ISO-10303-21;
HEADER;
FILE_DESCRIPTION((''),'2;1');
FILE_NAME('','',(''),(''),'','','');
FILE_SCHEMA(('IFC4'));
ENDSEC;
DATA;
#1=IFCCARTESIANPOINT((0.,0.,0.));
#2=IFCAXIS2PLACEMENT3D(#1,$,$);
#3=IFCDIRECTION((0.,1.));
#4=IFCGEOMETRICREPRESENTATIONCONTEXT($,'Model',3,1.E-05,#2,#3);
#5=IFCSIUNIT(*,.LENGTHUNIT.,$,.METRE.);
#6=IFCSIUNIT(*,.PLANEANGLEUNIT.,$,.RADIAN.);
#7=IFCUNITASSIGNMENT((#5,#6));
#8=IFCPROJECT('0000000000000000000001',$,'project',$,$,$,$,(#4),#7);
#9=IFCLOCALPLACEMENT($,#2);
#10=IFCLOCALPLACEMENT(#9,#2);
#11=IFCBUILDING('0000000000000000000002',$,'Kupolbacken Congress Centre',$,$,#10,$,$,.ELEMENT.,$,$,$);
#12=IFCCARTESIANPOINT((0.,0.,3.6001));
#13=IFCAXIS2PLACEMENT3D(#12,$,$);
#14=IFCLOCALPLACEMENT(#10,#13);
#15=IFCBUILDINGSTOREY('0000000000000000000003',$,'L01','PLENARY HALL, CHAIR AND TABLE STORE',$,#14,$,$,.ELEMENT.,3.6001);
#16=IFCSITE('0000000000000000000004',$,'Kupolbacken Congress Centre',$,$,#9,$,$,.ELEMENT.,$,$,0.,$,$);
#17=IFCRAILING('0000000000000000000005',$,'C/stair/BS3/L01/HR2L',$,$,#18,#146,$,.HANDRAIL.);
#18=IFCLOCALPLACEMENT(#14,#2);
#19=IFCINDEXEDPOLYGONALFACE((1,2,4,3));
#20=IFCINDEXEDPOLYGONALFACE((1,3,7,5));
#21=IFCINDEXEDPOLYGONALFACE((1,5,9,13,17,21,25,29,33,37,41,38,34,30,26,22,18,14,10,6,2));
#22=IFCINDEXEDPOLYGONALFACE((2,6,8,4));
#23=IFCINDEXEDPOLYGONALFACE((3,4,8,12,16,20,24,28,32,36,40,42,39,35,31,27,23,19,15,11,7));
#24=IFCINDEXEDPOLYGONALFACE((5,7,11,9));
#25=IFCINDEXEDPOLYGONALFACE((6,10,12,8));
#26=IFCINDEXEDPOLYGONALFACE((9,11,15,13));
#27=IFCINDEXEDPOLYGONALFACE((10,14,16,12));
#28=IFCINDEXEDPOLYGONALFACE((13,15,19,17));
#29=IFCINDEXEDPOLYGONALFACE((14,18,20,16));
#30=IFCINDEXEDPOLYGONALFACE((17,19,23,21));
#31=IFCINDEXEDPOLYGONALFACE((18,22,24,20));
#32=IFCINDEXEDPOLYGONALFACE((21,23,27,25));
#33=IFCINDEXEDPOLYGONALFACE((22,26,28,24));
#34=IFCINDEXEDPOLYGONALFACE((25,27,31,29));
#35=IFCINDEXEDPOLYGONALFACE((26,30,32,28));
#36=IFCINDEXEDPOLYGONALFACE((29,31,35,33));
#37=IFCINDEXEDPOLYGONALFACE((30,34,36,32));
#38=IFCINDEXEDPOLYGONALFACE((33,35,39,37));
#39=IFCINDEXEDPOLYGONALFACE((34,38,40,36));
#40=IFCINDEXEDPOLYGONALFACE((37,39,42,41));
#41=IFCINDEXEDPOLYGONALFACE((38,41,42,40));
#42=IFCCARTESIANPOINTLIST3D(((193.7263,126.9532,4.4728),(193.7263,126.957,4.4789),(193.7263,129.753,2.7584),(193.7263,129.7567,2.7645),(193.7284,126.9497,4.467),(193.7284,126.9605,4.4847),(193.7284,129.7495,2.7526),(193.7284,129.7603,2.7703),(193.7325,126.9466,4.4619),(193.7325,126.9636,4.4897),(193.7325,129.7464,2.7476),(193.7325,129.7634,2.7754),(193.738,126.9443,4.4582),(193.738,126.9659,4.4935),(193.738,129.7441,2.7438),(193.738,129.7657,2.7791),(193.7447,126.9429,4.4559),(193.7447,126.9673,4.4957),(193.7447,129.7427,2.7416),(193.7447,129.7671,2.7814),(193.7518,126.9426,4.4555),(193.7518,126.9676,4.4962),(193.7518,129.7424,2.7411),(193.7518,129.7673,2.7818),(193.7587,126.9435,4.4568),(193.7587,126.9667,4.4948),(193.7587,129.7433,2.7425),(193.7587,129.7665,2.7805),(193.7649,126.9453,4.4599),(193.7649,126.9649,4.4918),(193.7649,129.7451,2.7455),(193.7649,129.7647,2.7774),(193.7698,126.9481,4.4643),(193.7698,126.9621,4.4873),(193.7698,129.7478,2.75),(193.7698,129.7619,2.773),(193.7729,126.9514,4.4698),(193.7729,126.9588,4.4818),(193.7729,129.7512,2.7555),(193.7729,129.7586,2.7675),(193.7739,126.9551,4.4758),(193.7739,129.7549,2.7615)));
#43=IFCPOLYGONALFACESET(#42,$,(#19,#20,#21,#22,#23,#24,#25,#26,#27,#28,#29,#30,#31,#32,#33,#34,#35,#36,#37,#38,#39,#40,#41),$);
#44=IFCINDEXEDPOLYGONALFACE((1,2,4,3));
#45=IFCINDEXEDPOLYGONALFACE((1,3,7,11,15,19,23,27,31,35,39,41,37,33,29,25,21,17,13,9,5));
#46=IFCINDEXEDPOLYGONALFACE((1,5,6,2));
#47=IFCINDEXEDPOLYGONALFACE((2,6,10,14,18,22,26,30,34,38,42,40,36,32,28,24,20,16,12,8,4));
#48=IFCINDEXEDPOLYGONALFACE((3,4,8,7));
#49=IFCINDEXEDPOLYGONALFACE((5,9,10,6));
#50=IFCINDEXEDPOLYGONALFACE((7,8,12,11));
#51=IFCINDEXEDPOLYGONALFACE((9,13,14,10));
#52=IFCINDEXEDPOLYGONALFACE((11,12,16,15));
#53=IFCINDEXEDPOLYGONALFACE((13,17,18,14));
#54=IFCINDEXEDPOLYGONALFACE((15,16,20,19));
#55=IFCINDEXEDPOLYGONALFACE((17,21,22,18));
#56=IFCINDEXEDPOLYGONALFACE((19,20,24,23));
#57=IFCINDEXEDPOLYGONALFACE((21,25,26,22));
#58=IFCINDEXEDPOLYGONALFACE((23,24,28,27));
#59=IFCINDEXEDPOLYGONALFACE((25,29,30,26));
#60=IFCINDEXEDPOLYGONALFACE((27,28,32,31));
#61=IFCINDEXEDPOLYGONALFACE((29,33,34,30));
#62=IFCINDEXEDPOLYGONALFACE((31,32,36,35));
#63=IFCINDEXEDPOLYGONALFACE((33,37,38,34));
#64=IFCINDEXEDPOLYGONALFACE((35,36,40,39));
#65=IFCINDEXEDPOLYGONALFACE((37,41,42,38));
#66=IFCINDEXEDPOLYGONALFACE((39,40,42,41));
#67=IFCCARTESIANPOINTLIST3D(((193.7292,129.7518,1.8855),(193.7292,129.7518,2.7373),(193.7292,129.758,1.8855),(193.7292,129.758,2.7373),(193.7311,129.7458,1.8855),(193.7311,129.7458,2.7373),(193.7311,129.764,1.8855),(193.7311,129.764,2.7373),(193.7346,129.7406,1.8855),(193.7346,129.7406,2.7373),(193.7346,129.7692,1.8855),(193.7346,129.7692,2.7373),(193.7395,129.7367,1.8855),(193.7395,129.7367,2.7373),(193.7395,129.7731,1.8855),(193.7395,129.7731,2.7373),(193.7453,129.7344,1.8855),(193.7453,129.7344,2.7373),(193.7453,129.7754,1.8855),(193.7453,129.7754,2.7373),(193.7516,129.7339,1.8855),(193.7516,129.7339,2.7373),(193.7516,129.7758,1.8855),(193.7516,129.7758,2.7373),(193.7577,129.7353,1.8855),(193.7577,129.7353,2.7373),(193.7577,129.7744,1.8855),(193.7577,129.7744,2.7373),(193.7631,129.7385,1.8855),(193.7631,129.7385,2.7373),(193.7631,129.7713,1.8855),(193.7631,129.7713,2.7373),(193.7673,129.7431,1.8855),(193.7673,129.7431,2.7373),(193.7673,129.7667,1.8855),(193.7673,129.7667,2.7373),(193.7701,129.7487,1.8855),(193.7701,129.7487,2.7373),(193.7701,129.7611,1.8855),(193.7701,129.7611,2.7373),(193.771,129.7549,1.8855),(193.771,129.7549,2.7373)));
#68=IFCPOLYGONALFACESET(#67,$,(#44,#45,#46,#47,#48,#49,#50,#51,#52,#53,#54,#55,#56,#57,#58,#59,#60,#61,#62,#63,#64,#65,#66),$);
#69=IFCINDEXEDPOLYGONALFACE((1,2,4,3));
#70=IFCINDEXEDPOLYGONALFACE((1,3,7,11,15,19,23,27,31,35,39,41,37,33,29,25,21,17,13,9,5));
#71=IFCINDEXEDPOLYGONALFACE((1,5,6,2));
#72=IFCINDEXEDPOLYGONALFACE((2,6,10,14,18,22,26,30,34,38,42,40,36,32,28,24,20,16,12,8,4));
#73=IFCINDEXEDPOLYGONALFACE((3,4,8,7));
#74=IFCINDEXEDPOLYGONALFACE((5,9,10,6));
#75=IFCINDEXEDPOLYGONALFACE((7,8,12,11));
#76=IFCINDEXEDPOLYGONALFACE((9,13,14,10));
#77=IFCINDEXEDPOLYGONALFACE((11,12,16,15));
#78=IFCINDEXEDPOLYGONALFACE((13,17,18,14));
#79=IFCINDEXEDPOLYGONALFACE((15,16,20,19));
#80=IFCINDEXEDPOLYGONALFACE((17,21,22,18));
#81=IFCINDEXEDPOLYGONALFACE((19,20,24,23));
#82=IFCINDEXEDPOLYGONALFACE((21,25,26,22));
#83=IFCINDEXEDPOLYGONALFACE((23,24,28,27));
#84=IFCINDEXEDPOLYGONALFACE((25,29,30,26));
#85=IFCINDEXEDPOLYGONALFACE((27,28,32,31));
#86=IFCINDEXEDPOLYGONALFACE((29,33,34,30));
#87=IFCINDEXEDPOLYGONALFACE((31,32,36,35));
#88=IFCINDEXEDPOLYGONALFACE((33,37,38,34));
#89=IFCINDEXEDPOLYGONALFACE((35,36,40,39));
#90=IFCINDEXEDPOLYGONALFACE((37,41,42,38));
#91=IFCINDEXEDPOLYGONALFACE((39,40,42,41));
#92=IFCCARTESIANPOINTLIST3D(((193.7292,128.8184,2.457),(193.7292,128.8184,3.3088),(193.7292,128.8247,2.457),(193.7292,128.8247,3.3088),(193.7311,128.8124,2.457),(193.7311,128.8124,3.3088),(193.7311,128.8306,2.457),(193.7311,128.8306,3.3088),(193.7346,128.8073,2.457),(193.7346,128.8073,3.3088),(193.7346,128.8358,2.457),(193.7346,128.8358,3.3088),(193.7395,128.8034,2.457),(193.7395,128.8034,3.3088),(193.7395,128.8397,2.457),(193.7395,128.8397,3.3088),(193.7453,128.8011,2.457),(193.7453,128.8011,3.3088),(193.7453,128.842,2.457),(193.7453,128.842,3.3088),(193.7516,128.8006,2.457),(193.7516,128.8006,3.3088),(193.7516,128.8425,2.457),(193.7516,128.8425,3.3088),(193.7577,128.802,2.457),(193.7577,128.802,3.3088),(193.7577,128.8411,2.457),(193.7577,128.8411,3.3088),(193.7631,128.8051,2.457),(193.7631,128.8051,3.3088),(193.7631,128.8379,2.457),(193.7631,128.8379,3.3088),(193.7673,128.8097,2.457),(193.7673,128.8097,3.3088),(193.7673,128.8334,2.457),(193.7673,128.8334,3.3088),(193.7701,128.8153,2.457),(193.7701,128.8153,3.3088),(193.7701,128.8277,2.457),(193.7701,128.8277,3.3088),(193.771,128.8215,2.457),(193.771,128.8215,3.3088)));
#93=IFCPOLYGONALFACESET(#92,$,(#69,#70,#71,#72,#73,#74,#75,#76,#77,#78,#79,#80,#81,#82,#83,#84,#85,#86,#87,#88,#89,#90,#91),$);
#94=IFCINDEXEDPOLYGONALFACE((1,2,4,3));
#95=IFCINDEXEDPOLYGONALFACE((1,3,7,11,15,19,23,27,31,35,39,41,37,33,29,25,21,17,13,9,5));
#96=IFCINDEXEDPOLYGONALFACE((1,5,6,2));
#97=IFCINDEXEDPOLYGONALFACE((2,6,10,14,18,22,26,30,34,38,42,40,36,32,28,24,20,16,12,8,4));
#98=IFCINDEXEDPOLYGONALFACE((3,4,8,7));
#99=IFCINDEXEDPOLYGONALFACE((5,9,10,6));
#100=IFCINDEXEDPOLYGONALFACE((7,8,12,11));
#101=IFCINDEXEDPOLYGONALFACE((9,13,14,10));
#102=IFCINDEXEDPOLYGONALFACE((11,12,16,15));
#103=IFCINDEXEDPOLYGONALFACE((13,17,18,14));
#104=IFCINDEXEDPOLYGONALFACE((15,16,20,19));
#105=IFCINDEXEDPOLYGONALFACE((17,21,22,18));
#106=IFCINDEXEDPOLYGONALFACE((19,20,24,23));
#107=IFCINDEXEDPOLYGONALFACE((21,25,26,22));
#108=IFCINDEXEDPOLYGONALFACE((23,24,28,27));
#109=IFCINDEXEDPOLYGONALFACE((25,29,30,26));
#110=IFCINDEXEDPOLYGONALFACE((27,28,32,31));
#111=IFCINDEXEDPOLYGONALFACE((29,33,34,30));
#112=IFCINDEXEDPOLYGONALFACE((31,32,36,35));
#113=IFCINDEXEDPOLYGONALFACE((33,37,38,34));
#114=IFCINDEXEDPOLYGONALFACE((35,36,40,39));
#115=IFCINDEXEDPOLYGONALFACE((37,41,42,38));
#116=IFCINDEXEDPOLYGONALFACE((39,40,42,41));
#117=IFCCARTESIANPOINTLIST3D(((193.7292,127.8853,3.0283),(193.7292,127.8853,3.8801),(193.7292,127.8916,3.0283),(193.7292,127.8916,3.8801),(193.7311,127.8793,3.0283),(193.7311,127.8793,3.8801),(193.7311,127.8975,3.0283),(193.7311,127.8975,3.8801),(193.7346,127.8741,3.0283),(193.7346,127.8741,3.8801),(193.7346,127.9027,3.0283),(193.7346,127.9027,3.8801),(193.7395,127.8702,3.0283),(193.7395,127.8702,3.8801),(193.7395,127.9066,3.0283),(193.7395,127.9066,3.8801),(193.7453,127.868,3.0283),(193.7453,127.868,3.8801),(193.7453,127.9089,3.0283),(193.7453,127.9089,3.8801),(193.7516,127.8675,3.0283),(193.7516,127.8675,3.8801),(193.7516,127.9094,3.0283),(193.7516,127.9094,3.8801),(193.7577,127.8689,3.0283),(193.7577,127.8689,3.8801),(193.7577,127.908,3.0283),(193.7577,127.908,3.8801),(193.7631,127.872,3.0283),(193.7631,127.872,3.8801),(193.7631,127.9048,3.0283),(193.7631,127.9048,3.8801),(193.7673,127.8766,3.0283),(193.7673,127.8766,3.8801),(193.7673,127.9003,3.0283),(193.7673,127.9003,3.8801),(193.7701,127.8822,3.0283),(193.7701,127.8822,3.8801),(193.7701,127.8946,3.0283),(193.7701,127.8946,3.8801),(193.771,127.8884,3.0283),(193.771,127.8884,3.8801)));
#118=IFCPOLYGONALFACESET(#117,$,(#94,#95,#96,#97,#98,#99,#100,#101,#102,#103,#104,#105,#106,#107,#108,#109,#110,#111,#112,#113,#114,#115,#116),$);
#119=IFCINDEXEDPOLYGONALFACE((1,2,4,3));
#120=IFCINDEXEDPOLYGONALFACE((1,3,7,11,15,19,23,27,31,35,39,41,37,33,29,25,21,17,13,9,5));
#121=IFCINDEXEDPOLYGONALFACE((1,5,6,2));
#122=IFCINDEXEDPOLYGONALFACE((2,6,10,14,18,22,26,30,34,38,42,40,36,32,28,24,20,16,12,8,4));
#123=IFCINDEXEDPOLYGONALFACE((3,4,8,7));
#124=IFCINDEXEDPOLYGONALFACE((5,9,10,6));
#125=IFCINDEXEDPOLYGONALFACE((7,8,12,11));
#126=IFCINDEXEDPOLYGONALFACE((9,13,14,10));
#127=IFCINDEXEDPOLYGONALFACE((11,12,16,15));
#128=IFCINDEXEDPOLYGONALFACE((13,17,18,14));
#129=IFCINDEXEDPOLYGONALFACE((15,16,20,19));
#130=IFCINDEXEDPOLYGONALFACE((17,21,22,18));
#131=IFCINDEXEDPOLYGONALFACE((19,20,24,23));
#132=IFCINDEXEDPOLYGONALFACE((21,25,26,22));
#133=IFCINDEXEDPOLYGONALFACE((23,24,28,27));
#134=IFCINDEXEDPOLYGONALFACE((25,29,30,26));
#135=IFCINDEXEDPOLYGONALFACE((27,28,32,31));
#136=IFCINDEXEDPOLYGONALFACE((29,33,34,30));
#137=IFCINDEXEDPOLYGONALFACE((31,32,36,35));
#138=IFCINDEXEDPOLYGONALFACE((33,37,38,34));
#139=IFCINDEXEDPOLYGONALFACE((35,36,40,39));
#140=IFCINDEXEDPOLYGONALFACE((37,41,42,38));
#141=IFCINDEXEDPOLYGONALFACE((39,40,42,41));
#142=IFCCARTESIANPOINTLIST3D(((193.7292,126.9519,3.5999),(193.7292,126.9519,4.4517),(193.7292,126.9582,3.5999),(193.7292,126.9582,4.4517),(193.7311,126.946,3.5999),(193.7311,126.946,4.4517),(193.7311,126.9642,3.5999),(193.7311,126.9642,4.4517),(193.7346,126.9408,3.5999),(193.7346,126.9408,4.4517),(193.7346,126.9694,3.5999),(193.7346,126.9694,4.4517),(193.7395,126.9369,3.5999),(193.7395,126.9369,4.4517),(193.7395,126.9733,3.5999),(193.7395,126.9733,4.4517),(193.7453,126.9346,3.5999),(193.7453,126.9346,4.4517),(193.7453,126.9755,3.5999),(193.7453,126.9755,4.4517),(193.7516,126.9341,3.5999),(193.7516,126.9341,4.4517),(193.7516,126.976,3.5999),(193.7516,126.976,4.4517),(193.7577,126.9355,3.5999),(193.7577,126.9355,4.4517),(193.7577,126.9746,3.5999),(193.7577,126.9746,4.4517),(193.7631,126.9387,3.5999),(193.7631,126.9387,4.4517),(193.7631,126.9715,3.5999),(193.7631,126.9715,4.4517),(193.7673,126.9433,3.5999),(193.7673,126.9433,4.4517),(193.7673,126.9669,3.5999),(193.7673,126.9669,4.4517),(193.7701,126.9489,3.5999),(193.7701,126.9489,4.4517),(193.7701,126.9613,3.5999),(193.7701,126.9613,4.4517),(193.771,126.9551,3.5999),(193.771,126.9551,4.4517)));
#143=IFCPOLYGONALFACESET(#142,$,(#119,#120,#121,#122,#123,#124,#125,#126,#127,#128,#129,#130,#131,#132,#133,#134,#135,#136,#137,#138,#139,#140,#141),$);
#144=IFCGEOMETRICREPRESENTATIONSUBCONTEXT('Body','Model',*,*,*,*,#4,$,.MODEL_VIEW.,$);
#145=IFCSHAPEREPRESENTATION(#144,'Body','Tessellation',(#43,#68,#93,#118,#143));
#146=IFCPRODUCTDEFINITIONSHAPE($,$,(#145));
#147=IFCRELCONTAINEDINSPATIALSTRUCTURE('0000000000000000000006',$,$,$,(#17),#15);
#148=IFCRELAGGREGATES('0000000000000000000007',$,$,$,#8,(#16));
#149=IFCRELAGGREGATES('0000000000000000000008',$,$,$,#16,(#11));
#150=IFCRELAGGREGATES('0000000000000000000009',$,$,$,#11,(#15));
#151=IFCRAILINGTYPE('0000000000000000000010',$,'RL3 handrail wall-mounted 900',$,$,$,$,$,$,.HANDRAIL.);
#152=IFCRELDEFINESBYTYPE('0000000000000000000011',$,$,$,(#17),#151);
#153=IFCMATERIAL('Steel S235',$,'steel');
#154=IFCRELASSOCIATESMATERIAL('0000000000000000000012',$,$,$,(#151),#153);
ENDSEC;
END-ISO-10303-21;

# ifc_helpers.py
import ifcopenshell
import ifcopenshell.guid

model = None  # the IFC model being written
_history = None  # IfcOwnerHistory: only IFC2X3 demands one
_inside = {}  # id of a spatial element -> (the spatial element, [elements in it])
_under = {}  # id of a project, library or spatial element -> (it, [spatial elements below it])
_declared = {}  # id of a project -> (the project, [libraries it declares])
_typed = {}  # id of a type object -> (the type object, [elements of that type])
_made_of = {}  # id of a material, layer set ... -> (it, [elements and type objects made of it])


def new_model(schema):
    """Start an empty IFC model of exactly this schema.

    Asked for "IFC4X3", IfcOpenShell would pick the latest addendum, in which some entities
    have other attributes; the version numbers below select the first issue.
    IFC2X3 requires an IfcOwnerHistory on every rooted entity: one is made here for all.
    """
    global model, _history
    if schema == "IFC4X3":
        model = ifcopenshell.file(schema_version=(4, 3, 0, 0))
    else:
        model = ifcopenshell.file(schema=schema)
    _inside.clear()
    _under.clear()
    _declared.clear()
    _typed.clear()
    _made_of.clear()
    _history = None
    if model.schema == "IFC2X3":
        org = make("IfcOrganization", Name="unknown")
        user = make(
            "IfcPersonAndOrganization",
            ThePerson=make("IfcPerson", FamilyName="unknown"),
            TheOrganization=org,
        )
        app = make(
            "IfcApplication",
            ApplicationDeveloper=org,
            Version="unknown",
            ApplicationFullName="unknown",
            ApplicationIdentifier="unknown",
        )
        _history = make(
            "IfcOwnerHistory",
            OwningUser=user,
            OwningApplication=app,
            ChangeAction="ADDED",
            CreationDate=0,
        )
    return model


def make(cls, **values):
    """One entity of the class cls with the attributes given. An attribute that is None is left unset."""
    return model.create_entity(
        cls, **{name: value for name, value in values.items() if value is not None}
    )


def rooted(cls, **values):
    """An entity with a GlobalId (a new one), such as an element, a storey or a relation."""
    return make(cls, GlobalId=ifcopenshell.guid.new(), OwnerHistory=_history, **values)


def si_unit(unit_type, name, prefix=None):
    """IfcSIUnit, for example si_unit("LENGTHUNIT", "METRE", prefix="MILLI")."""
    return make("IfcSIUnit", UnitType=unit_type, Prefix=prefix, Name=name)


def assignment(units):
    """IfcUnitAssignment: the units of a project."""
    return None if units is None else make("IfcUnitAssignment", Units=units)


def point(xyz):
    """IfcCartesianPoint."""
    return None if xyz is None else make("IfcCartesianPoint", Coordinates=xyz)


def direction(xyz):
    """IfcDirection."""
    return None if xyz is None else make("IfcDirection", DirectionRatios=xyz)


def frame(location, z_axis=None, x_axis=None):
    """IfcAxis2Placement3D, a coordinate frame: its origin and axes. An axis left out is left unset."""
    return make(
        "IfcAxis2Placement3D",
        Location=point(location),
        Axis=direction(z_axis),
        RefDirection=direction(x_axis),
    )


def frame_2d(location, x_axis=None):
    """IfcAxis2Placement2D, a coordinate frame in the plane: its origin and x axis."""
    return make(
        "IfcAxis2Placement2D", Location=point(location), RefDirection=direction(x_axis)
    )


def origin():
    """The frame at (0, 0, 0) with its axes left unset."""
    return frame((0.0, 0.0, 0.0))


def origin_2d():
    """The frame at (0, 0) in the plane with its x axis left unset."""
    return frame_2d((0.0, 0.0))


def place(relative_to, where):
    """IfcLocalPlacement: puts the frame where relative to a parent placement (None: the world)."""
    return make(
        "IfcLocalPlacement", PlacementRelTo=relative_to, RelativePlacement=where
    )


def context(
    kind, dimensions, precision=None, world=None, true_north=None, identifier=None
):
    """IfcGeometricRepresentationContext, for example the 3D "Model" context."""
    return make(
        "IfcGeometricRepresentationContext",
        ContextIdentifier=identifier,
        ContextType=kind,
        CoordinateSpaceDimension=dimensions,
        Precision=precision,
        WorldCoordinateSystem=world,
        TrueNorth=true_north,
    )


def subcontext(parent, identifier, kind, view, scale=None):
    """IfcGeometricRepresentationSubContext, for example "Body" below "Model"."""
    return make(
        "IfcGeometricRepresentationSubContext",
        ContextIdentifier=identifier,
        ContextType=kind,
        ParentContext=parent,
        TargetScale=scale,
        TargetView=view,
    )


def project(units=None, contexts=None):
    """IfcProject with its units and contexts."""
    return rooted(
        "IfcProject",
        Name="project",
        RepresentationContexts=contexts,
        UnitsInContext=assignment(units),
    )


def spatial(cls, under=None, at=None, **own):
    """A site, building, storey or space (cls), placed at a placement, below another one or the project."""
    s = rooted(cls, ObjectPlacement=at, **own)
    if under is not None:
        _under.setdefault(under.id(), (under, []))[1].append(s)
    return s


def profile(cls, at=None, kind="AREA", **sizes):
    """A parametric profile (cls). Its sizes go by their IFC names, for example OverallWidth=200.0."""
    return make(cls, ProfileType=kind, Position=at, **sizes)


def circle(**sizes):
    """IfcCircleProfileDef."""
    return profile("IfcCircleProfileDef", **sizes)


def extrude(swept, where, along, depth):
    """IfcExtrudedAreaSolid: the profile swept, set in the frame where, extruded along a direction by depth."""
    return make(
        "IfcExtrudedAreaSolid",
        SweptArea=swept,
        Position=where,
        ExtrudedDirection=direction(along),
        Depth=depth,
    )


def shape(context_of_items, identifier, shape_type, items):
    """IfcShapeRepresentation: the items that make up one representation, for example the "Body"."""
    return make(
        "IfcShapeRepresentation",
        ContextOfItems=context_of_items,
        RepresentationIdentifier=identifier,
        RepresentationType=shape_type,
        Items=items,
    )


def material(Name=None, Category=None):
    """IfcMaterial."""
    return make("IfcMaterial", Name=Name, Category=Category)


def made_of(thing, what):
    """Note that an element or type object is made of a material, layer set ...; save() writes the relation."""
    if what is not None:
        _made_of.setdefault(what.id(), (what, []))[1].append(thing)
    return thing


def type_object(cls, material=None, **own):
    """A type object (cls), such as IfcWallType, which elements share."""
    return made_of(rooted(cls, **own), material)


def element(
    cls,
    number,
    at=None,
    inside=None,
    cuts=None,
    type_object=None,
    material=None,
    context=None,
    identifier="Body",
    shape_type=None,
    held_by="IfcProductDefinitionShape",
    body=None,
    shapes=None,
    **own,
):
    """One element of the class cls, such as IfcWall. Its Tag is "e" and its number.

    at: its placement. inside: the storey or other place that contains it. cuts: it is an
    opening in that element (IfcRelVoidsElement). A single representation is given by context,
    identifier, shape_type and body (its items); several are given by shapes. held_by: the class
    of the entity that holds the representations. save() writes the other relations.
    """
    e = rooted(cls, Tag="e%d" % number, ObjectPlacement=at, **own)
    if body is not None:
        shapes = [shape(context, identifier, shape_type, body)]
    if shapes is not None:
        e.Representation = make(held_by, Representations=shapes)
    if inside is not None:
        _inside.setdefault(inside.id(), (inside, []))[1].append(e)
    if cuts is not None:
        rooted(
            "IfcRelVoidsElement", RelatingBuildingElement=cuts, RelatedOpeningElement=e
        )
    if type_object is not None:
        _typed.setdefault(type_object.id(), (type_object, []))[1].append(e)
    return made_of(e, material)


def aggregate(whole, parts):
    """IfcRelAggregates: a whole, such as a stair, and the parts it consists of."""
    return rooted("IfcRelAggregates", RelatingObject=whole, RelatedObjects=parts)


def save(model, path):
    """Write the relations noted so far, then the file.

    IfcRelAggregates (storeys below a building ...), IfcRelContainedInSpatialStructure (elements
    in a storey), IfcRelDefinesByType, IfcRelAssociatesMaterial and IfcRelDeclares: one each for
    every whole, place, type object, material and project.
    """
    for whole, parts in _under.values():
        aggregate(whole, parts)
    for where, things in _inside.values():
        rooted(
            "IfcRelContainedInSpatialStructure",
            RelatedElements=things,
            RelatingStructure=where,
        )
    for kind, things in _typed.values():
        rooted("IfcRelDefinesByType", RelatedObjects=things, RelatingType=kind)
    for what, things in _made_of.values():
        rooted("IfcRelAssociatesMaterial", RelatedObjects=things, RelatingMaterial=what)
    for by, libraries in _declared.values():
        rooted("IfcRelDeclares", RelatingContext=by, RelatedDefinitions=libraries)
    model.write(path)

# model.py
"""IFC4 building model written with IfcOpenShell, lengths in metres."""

from ifc_helpers import new_model, si_unit, direction, frame, origin, origin_2d, place, context, subcontext, project, spatial, circle, extrude, material, type_object, element, save


model = new_model("IFC4")

# Units and contexts
model_context = context("Model", 3, precision=1e-05, world=origin(), true_north=direction((0.0, 1.0)))
body_context = subcontext(model_context, "Body", "Model", "MODEL_VIEW")
ifc_project = project(units=[si_unit("LENGTHUNIT", "METRE"), si_unit("PLANEANGLEUNIT", "RADIAN")], contexts=[model_context])

# Site, building, storey
site_placement = place(None, origin())
site = spatial("IfcSite", under=ifc_project, at=site_placement, Name="Kupolbacken Congress Centre", CompositionType="ELEMENT", RefElevation=0.0)
building_placement = place(site_placement, origin())
building = spatial("IfcBuilding", under=site, at=building_placement, Name="Kupolbacken Congress Centre", CompositionType="ELEMENT")
storey_placement = place(building_placement, frame((0.0, 0.0, 3.6001)))
storey = spatial("IfcBuildingStorey", under=building, at=storey_placement, Name="L01", Description="PLENARY HALL, CHAIR AND TABLE STORE", CompositionType="ELEMENT", Elevation=3.6001)

# Railing
ifc_material_1 = material(Name="Steel S235", Category="steel")
railing_type = type_object("IfcRailingType", Name="RL3 handrail wall-mounted 900", PredefinedType="HANDRAIL", material=ifc_material_1)
for number, where, name in (
    (1, (193.75, 129.7549, 1.8855), "C/stair/BS3/L01/HR2L"),
):
    element("IfcRailing", number, at=place(storey_placement, frame(where)), inside=storey, type_object=railing_type, Name=name, PredefinedType="HANDRAIL", context=body_context, shape_type="SweptSolid", body=[
        extrude(circle(Radius=0.0239, at=origin_2d()), frame((0.0, 0.0, 0.876), z_axis=(0.0, -0.852826, 0.522196), x_axis=(1.0, 0.0, 0.0)), (0.0, 0.0, 1.0), 3.283),
        extrude(circle(Radius=0.021, at=origin_2d()), origin(), (0.0, 0.0, 1.0), 0.8518),
        extrude(circle(Radius=0.021, at=origin_2d()), frame((0.0, -0.9333, 0.5715)), (0.0, 0.0, 1.0), 0.8518),
        extrude(circle(Radius=0.021, at=origin_2d()), frame((0.0, -1.8665, 1.1428)), (0.0, 0.0, 1.0), 0.8518),
        extrude(circle(Radius=0.021, at=origin_2d()), frame((0.0, -2.7998, 1.7144)), (0.0, 0.0, 1.0), 0.8518),
    ])

save(model, "model.ifc")
